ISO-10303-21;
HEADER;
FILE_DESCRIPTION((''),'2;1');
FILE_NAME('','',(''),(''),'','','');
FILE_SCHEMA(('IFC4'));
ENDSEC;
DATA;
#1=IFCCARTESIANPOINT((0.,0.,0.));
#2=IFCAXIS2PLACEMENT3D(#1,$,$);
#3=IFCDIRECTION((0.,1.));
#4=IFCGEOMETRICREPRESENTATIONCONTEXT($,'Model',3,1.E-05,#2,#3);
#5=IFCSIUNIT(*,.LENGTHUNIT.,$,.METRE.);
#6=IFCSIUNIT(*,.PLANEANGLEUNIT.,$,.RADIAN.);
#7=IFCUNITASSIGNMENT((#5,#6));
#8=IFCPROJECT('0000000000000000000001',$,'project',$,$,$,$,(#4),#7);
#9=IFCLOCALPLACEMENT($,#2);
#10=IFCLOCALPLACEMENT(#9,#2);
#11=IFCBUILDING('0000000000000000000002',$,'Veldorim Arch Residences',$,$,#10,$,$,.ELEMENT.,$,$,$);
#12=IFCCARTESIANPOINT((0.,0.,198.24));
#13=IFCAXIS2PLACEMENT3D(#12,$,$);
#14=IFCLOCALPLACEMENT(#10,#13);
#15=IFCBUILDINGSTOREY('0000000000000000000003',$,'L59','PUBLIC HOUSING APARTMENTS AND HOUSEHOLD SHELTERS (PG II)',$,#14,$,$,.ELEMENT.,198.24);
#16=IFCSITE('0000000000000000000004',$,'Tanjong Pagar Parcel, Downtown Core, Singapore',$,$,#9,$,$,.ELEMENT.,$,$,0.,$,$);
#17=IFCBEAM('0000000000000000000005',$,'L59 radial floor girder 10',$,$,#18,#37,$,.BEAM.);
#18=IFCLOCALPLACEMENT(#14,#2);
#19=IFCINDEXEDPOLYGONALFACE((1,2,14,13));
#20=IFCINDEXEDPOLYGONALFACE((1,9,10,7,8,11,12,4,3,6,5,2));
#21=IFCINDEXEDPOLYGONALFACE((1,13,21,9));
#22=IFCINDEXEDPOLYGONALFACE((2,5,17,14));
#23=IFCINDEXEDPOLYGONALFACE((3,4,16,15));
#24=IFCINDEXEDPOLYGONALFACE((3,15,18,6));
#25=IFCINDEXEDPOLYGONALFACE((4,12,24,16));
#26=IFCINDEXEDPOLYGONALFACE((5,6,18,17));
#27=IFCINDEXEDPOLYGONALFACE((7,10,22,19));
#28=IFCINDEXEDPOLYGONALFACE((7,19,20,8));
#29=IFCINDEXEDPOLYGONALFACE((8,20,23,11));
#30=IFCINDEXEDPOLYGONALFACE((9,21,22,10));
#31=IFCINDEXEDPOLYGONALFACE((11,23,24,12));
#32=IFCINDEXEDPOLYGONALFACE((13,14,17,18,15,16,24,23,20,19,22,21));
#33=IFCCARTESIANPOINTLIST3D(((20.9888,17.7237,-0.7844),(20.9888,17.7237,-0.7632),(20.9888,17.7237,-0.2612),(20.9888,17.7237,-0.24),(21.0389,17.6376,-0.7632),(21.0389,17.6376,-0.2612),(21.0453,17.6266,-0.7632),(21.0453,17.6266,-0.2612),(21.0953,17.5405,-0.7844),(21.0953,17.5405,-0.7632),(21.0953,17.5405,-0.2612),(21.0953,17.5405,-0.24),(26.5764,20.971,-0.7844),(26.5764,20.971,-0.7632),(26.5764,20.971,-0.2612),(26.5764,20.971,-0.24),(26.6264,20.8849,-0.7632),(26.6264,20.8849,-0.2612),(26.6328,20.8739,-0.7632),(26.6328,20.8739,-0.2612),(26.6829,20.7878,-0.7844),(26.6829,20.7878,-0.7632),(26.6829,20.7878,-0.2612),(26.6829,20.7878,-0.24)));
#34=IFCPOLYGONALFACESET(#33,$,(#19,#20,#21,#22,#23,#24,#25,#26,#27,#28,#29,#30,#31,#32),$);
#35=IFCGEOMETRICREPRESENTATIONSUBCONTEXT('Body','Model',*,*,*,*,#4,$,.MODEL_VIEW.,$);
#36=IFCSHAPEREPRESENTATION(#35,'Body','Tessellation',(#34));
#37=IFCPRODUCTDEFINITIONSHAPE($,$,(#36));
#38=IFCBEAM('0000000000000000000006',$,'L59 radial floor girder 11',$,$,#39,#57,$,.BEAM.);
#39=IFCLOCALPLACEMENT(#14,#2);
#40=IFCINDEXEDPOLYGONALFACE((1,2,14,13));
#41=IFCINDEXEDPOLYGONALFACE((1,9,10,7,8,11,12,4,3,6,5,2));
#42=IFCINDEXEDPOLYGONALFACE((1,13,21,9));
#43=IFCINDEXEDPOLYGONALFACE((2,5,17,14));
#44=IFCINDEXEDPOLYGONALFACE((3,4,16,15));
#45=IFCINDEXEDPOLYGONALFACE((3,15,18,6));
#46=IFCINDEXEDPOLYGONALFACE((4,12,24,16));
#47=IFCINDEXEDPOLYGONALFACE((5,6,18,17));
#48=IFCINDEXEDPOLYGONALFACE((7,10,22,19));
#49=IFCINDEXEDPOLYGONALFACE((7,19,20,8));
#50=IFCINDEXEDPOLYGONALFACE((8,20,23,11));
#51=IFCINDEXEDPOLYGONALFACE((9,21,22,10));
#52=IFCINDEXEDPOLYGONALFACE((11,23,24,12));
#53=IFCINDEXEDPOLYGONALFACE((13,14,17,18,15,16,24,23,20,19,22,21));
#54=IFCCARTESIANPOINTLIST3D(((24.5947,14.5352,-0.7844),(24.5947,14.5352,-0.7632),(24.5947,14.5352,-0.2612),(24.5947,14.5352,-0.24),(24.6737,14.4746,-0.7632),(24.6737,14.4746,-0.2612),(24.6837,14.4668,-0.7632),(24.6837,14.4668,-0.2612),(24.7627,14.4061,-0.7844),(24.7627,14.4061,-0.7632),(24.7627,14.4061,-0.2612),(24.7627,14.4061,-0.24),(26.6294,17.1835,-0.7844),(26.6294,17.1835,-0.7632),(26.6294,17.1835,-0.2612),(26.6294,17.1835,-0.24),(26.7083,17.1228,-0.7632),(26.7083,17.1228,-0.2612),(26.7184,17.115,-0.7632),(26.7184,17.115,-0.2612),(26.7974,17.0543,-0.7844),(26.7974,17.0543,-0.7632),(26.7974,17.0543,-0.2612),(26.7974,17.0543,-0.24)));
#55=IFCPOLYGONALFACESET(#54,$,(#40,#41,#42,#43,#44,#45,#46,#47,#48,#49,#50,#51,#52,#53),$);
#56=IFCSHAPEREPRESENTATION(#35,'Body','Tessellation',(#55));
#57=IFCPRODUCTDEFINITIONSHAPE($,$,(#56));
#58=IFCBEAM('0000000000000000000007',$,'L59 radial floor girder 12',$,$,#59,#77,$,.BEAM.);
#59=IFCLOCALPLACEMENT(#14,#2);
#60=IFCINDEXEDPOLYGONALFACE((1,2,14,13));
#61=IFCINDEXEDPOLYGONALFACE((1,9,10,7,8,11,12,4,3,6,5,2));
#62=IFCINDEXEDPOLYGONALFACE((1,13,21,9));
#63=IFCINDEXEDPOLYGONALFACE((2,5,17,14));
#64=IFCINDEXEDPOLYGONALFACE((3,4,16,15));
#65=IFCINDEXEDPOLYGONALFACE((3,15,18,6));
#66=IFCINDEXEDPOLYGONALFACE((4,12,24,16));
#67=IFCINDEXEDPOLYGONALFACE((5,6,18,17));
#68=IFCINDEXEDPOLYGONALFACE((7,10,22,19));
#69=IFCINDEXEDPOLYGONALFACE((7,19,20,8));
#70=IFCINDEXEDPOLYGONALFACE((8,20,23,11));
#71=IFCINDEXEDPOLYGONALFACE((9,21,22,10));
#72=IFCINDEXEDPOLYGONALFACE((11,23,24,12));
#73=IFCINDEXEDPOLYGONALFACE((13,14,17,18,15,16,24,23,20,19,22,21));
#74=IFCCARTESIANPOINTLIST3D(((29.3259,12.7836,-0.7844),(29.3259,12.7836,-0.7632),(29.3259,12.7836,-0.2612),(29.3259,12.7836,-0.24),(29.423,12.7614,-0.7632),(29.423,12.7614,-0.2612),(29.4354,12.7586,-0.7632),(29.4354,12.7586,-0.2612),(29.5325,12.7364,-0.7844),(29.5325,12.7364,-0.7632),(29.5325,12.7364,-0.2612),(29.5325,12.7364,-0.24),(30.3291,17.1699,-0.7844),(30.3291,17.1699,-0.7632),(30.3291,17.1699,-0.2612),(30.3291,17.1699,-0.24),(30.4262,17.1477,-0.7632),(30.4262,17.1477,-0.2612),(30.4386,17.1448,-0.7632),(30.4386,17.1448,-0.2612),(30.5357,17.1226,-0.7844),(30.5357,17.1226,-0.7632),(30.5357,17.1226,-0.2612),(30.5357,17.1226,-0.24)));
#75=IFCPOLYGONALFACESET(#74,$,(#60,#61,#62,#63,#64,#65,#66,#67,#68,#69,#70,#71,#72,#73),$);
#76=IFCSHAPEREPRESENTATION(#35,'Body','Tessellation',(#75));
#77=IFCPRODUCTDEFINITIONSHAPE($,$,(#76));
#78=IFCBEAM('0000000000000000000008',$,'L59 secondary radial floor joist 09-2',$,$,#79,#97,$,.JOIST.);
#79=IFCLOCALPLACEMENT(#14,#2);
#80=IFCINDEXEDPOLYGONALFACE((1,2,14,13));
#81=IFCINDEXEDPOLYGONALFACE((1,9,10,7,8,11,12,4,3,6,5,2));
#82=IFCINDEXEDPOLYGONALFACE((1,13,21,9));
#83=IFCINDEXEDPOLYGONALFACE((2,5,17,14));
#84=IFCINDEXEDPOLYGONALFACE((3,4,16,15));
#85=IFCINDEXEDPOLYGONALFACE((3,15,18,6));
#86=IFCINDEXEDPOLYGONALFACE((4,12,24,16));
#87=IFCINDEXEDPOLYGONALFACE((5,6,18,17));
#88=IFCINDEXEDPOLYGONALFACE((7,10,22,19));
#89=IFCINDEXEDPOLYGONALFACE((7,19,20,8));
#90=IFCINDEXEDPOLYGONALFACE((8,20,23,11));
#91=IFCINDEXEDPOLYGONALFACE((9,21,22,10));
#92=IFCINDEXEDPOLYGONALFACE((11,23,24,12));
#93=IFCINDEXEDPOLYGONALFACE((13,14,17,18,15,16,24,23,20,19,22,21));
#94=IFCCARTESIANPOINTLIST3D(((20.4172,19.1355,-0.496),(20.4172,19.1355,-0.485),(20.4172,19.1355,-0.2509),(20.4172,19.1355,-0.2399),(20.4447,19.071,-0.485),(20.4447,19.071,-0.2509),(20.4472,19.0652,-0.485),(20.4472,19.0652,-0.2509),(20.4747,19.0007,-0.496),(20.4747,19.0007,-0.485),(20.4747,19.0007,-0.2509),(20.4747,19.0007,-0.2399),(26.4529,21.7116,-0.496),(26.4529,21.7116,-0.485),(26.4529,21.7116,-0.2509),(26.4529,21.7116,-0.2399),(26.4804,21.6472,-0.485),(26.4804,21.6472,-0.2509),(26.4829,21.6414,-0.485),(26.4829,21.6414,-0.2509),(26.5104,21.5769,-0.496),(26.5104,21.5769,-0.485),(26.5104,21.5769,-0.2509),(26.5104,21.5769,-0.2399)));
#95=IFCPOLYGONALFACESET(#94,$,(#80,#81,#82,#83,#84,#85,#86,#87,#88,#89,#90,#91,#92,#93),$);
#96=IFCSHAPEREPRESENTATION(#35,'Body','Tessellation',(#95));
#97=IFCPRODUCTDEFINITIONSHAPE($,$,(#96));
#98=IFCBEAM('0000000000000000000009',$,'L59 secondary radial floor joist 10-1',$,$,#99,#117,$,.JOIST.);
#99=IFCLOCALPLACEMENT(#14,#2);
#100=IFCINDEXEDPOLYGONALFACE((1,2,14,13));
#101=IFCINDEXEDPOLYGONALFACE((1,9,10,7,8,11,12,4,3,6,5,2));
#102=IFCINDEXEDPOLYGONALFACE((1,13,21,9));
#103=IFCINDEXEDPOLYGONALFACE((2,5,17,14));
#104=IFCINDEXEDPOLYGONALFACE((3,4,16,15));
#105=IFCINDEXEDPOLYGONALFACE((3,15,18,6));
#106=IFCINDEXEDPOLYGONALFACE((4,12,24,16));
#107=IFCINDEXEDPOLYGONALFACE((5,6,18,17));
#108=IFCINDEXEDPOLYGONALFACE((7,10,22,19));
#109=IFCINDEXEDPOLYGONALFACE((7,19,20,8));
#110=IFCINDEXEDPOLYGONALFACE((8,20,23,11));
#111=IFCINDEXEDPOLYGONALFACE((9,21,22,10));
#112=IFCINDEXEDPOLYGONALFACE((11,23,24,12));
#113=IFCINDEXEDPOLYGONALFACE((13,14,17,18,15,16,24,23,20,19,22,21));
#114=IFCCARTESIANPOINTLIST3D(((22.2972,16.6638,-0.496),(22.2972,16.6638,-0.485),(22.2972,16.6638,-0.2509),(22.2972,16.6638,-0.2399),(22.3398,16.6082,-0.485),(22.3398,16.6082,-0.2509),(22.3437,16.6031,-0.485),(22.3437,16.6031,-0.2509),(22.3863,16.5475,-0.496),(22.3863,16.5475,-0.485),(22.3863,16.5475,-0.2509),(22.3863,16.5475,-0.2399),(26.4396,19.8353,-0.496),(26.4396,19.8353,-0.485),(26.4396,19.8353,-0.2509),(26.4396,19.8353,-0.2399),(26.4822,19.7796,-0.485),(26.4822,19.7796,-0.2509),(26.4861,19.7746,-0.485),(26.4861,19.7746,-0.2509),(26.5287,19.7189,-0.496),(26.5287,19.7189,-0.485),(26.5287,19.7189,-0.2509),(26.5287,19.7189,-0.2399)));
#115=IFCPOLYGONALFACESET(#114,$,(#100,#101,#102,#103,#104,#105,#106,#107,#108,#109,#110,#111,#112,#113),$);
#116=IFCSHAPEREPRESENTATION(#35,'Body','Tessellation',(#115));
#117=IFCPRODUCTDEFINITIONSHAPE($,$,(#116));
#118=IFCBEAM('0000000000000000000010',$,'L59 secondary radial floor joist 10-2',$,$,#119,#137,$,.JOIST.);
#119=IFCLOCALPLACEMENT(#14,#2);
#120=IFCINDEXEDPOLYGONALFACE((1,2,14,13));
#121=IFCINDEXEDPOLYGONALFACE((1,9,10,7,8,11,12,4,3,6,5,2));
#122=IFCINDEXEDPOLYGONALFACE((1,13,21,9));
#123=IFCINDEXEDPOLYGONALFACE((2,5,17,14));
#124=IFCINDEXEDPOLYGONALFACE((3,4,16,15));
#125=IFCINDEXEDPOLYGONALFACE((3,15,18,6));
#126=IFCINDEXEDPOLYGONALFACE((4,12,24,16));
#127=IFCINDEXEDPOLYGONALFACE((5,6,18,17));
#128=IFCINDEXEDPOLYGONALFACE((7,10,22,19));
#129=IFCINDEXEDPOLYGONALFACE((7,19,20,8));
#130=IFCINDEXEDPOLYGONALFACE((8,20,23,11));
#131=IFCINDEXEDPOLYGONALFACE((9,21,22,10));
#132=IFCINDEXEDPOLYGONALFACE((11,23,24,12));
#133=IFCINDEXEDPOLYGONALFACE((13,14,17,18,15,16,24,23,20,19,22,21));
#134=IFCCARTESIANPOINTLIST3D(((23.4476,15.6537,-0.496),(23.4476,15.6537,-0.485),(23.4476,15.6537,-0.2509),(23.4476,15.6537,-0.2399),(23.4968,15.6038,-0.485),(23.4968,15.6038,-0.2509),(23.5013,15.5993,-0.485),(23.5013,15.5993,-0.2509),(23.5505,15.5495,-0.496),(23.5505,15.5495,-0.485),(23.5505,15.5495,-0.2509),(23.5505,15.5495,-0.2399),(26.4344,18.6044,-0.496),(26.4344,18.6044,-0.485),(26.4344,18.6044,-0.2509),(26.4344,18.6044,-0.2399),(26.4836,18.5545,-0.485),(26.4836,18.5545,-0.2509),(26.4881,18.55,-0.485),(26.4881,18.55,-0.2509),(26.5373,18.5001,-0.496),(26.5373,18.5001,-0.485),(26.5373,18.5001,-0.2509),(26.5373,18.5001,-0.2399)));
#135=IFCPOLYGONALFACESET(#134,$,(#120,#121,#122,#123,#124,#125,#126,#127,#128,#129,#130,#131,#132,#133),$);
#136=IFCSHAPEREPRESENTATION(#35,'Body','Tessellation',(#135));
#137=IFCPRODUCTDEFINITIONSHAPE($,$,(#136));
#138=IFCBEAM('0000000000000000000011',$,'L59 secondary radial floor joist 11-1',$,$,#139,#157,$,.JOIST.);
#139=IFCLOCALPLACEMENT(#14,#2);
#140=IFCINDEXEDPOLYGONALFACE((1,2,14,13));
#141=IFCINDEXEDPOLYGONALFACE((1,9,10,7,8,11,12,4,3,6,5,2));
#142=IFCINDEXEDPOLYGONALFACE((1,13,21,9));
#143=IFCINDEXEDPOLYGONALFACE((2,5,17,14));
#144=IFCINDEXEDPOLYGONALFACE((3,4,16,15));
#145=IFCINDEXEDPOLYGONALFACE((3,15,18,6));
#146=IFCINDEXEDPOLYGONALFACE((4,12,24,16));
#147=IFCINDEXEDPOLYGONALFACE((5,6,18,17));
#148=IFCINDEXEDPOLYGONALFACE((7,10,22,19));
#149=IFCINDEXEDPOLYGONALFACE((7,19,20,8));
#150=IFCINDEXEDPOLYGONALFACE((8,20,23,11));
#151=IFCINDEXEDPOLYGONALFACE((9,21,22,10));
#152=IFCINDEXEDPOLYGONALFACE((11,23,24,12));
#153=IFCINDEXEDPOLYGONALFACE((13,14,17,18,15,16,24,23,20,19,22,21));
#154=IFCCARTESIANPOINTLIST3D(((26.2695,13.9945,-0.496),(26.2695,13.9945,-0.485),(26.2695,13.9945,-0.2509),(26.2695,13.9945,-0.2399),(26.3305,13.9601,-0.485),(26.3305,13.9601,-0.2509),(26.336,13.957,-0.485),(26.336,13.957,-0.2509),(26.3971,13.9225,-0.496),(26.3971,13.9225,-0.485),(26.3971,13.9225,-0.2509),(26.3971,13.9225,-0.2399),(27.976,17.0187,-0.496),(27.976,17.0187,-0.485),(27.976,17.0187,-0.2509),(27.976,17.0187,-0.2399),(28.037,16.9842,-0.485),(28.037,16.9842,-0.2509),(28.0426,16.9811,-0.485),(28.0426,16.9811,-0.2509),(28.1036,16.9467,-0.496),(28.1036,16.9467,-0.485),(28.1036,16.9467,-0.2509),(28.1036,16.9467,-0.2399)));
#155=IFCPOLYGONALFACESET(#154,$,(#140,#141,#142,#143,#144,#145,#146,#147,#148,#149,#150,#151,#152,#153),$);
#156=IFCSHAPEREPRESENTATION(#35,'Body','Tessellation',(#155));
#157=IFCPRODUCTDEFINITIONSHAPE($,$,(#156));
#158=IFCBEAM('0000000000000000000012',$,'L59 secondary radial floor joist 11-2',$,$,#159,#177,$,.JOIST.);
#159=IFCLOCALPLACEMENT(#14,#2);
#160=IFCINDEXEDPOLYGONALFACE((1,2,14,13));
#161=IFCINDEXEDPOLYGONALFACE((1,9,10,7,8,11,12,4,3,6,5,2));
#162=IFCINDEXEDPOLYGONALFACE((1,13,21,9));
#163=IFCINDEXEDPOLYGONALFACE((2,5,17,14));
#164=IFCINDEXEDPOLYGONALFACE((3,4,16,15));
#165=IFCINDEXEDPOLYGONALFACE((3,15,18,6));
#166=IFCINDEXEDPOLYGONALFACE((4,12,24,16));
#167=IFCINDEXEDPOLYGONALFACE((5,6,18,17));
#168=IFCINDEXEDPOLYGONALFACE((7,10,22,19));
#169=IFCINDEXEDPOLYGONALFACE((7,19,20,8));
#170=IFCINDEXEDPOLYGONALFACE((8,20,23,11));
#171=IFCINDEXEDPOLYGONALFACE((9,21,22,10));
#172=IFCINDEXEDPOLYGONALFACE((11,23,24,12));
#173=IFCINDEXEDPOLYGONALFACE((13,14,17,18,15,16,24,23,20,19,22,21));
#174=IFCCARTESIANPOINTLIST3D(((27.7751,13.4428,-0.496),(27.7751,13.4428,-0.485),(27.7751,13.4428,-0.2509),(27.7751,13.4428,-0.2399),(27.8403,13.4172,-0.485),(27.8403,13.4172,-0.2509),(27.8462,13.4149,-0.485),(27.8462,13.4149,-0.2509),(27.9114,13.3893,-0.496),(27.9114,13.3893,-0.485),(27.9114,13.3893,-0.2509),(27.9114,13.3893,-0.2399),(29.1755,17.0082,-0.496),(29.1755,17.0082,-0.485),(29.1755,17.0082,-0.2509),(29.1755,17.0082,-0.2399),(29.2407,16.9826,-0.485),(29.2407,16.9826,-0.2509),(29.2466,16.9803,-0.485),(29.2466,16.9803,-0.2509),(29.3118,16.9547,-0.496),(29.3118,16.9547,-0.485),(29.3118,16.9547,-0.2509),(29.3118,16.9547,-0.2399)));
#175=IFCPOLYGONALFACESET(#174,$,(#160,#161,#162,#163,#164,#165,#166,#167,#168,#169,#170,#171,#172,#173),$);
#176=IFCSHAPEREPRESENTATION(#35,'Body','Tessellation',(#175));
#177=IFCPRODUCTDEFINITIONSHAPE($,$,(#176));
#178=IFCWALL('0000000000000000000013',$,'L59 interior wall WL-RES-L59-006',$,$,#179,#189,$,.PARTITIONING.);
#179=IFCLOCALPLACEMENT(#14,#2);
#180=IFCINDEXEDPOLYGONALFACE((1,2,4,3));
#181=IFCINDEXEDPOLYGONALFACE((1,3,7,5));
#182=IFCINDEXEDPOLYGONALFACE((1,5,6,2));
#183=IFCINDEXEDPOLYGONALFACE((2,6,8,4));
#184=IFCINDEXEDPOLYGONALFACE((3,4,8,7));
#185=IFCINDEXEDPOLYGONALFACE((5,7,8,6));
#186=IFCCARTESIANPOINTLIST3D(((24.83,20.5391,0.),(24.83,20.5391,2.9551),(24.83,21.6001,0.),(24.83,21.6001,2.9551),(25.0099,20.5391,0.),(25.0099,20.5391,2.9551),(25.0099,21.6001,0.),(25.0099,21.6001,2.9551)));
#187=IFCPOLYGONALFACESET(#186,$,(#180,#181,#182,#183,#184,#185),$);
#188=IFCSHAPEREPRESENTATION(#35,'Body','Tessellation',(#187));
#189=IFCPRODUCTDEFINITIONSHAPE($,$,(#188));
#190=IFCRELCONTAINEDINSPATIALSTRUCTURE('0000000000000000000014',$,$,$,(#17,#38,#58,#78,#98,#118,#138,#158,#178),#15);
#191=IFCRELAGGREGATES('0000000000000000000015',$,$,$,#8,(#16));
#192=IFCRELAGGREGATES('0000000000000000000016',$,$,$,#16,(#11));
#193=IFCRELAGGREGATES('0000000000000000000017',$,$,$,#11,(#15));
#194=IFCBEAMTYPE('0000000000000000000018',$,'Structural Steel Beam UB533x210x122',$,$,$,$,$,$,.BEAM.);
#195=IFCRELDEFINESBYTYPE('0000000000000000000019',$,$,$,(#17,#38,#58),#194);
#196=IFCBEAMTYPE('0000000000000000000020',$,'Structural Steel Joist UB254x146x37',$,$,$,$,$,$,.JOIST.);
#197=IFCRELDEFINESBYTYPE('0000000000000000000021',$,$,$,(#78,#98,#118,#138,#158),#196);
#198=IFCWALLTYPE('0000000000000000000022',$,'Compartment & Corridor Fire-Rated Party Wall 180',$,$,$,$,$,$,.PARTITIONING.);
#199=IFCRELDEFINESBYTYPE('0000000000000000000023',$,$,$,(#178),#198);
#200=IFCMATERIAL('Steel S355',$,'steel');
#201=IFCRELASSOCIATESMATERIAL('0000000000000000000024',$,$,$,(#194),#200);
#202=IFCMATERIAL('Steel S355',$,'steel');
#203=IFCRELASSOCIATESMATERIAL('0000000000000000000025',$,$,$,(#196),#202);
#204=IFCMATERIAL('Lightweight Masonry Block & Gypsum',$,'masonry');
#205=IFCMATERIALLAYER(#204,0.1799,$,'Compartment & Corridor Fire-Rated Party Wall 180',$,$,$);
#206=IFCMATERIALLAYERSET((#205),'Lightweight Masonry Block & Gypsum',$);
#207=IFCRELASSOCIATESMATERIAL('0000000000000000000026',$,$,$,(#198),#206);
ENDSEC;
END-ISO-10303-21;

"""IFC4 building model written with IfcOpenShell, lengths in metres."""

from ifc_helpers import new_model, si_unit, direction, frame, frame_2d, origin, origin_2d, place, context, subcontext, project, spatial, rectangle, i_section, extrude, material, layer, layer_set, material_profile, profile_set, type_object, element, save


model = new_model("IFC4")

# Units and contexts
model_context = context("Model", 3, precision=1e-05, world=origin(), true_north=direction((0.0, 1.0)))
body_context = subcontext(model_context, "Body", "Model", "MODEL_VIEW")
ifc_project = project(units=[si_unit("LENGTHUNIT", "METRE"), si_unit("PLANEANGLEUNIT", "RADIAN")], contexts=[model_context])

# Site, building, storey
site_placement = place(None, origin())
site = spatial("IfcSite", under=ifc_project, at=site_placement, Name="Tanjong Pagar Parcel, Downtown Core, Singapore", CompositionType="ELEMENT", RefElevation=0.0)
building_placement = place(site_placement, origin())
building = spatial("IfcBuilding", under=site, at=building_placement, Name="Veldorim Arch Residences", CompositionType="ELEMENT")
storey_placement = place(building_placement, frame((0.0, 0.0, 198.24)))
storey = spatial("IfcBuildingStorey", under=building, at=storey_placement, Name="L59", Description="PUBLIC HOUSING APARTMENTS AND HOUSEHOLD SHELTERS (PG II)", CompositionType="ELEMENT", Elevation=198.24)

# Beams
ifc_material_1 = material(Name="Steel S355", Category="steel")
ifc_material_profile_1 = material_profile(ifc_material_1, i_section(OverallWidth=0.2119, OverallDepth=0.5444, WebThickness=0.0127, FlangeThickness=0.0212, at=origin_2d()), Name="UB533x210x122")
ifc_profile_set_1 = profile_set([ifc_material_profile_1], Name="Steel S355")
beam_type_1 = type_object("IfcBeamType", Name="Structural Steel Beam UB533x210x122", PredefinedType="BEAM", material=ifc_profile_set_1)
beam_1_placement = place(storey_placement, frame((26.6296, 20.8794, -0.5122), z_axis=(-0.864596, -0.502468, 0.0), x_axis=(0.502468, -0.864596, 0.0)))
element("IfcBeam", 1, at=beam_1_placement, inside=storey, type_object=beam_type_1, Name="L59 radial floor girder 10", PredefinedType="BEAM", context=body_context, shape_type="SweptSolid", body=[
    extrude(i_section(OverallWidth=0.2119, OverallDepth=0.5444, WebThickness=0.0127, FlangeThickness=0.0212, at=origin_2d()), origin(), (0.0, 0.0, 1.0), 6.4626),
])
beam_2_placement = place(storey_placement, frame((26.7134, 17.1189, -0.5122), z_axis=(-0.609258, -0.792972, 0.0), x_axis=(0.792972, -0.609258, 0.0)))
element("IfcBeam", 2, at=beam_2_placement, inside=storey, type_object=beam_type_1, Name="L59 radial floor girder 11", PredefinedType="BEAM", context=body_context, shape_type="SweptSolid", body=[
    extrude(i_section(OverallWidth=0.2119, OverallDepth=0.5444, WebThickness=0.0127, FlangeThickness=0.0212, at=origin_2d()), origin(), (0.0, 0.0, 1.0), 3.3396),
])
beam_3_placement = place(storey_placement, frame((30.4324, 17.1462, -0.5122), z_axis=(-0.222953, -0.974829, 0.0), x_axis=(0.974829, -0.222953, 0.0)))
element("IfcBeam", 3, at=beam_3_placement, inside=storey, type_object=beam_type_1, Name="L59 radial floor girder 12", PredefinedType="BEAM", context=body_context, shape_type="SweptSolid", body=[
    extrude(i_section(OverallWidth=0.2119, OverallDepth=0.5444, WebThickness=0.0127, FlangeThickness=0.0212, at=origin_2d()), origin(), (0.0, 0.0, 1.0), 4.4995),
])
ifc_material_2 = material(Name="Steel S355", Category="steel")
ifc_material_profile_2 = material_profile(ifc_material_2, i_section(OverallWidth=0.1465, OverallDepth=0.2561, WebThickness=0.0063, FlangeThickness=0.011, at=origin_2d()), Name="UB254x146x37")
ifc_profile_set_2 = profile_set([ifc_material_profile_2], Name="Steel S355")
beam_type_2 = type_object("IfcBeamType", Name="Structural Steel Joist UB254x146x37", PredefinedType="JOIST", material=ifc_profile_set_2)
beam_4_placement = place(storey_placement, frame((26.4817, 21.6443, -0.3679), z_axis=(-0.919725, -0.392563, 0.0), x_axis=(0.392563, -0.919725, 0.0)))
element("IfcBeam", 4, at=beam_4_placement, inside=storey, type_object=beam_type_2, Name="L59 secondary radial floor joist 09-2", PredefinedType="JOIST", context=body_context, shape_type="SweptSolid", body=[
    extrude(i_section(OverallWidth=0.1465, OverallDepth=0.2561, WebThickness=0.0063, FlangeThickness=0.011, at=origin_2d()), origin(), (0.0, 0.0, 1.0), 6.5625),
])
beam_5_placement = place(storey_placement, frame((26.4841, 19.7771, -0.3679), z_axis=(-0.794014, -0.6079, 0.0), x_axis=(0.6079, -0.794014, 0.0)))
element("IfcBeam", 5, at=beam_5_placement, inside=storey, type_object=beam_type_2, Name="L59 secondary radial floor joist 10-1", PredefinedType="JOIST", context=body_context, shape_type="SweptSolid", body=[
    extrude(i_section(OverallWidth=0.1465, OverallDepth=0.2561, WebThickness=0.0063, FlangeThickness=0.011, at=origin_2d()), origin(), (0.0, 0.0, 1.0), 5.217),
])
beam_6_placement = place(storey_placement, frame((26.4858, 18.5522, -0.3679), z_axis=(-0.711397, -0.702791, 0.0), x_axis=(0.702791, -0.711397, 0.0)))
element("IfcBeam", 6, at=beam_6_placement, inside=storey, type_object=beam_type_2, Name="L59 secondary radial floor joist 10-2", PredefinedType="JOIST", context=body_context, shape_type="SweptSolid", body=[
    extrude(i_section(OverallWidth=0.1465, OverallDepth=0.2561, WebThickness=0.0063, FlangeThickness=0.011, at=origin_2d()), origin(), (0.0, 0.0, 1.0), 4.1985),
])
beam_7_placement = place(storey_placement, frame((28.0398, 16.9827, -0.3679), z_axis=(-0.491452, -0.870904, 0.0), x_axis=(0.870904, -0.491452, 0.0)))
element("IfcBeam", 7, at=beam_7_placement, inside=storey, type_object=beam_type_2, Name="L59 secondary radial floor joist 11-1", PredefinedType="JOIST", context=body_context, shape_type="SweptSolid", body=[
    extrude(i_section(OverallWidth=0.1465, OverallDepth=0.2561, WebThickness=0.0063, FlangeThickness=0.011, at=origin_2d()), origin(), (0.0, 0.0, 1.0), 3.4724),
])
beam_8_placement = place(storey_placement, frame((29.2437, 16.9814, -0.3679), z_axis=(-0.365581, -0.930779, 0.0), x_axis=(0.930779, -0.365581, 0.0)))
element("IfcBeam", 8, at=beam_8_placement, inside=storey, type_object=beam_type_2, Name="L59 secondary radial floor joist 11-2", PredefinedType="JOIST", context=body_context, shape_type="SweptSolid", body=[
    extrude(i_section(OverallWidth=0.1465, OverallDepth=0.2561, WebThickness=0.0063, FlangeThickness=0.011, at=origin_2d()), origin(), (0.0, 0.0, 1.0), 3.8306),
])

# Wall
ifc_material_3 = material(Name="Lightweight Masonry Block & Gypsum", Category="masonry")
ifc_layer_1 = layer(ifc_material_3, 0.1799, Name="Compartment & Corridor Fire-Rated Party Wall 180")
ifc_layer_set_1 = layer_set([ifc_layer_1], Name="Lightweight Masonry Block & Gypsum")
wall_type_1 = type_object("IfcWallType", Name="Compartment & Corridor Fire-Rated Party Wall 180", PredefinedType="PARTITIONING", material=ifc_layer_set_1)
wall_1_placement = place(storey_placement, frame((24.9199, 20.5391, 0.0), z_axis=(0.0, 0.0, 1.0), x_axis=(0.0, 1.0, 0.0)))
element("IfcWall", 9, at=wall_1_placement, inside=storey, type_object=wall_type_1, Name="L59 interior wall WL-RES-L59-006", PredefinedType="PARTITIONING", context=body_context, shape_type="SweptSolid", body=[
    extrude(rectangle(XDim=1.061, YDim=0.1799, at=frame_2d((0.5305, 0.0))), origin(), (0.0, 0.0, 1.0), 2.9551),
])

save(model, "model.ifc")
